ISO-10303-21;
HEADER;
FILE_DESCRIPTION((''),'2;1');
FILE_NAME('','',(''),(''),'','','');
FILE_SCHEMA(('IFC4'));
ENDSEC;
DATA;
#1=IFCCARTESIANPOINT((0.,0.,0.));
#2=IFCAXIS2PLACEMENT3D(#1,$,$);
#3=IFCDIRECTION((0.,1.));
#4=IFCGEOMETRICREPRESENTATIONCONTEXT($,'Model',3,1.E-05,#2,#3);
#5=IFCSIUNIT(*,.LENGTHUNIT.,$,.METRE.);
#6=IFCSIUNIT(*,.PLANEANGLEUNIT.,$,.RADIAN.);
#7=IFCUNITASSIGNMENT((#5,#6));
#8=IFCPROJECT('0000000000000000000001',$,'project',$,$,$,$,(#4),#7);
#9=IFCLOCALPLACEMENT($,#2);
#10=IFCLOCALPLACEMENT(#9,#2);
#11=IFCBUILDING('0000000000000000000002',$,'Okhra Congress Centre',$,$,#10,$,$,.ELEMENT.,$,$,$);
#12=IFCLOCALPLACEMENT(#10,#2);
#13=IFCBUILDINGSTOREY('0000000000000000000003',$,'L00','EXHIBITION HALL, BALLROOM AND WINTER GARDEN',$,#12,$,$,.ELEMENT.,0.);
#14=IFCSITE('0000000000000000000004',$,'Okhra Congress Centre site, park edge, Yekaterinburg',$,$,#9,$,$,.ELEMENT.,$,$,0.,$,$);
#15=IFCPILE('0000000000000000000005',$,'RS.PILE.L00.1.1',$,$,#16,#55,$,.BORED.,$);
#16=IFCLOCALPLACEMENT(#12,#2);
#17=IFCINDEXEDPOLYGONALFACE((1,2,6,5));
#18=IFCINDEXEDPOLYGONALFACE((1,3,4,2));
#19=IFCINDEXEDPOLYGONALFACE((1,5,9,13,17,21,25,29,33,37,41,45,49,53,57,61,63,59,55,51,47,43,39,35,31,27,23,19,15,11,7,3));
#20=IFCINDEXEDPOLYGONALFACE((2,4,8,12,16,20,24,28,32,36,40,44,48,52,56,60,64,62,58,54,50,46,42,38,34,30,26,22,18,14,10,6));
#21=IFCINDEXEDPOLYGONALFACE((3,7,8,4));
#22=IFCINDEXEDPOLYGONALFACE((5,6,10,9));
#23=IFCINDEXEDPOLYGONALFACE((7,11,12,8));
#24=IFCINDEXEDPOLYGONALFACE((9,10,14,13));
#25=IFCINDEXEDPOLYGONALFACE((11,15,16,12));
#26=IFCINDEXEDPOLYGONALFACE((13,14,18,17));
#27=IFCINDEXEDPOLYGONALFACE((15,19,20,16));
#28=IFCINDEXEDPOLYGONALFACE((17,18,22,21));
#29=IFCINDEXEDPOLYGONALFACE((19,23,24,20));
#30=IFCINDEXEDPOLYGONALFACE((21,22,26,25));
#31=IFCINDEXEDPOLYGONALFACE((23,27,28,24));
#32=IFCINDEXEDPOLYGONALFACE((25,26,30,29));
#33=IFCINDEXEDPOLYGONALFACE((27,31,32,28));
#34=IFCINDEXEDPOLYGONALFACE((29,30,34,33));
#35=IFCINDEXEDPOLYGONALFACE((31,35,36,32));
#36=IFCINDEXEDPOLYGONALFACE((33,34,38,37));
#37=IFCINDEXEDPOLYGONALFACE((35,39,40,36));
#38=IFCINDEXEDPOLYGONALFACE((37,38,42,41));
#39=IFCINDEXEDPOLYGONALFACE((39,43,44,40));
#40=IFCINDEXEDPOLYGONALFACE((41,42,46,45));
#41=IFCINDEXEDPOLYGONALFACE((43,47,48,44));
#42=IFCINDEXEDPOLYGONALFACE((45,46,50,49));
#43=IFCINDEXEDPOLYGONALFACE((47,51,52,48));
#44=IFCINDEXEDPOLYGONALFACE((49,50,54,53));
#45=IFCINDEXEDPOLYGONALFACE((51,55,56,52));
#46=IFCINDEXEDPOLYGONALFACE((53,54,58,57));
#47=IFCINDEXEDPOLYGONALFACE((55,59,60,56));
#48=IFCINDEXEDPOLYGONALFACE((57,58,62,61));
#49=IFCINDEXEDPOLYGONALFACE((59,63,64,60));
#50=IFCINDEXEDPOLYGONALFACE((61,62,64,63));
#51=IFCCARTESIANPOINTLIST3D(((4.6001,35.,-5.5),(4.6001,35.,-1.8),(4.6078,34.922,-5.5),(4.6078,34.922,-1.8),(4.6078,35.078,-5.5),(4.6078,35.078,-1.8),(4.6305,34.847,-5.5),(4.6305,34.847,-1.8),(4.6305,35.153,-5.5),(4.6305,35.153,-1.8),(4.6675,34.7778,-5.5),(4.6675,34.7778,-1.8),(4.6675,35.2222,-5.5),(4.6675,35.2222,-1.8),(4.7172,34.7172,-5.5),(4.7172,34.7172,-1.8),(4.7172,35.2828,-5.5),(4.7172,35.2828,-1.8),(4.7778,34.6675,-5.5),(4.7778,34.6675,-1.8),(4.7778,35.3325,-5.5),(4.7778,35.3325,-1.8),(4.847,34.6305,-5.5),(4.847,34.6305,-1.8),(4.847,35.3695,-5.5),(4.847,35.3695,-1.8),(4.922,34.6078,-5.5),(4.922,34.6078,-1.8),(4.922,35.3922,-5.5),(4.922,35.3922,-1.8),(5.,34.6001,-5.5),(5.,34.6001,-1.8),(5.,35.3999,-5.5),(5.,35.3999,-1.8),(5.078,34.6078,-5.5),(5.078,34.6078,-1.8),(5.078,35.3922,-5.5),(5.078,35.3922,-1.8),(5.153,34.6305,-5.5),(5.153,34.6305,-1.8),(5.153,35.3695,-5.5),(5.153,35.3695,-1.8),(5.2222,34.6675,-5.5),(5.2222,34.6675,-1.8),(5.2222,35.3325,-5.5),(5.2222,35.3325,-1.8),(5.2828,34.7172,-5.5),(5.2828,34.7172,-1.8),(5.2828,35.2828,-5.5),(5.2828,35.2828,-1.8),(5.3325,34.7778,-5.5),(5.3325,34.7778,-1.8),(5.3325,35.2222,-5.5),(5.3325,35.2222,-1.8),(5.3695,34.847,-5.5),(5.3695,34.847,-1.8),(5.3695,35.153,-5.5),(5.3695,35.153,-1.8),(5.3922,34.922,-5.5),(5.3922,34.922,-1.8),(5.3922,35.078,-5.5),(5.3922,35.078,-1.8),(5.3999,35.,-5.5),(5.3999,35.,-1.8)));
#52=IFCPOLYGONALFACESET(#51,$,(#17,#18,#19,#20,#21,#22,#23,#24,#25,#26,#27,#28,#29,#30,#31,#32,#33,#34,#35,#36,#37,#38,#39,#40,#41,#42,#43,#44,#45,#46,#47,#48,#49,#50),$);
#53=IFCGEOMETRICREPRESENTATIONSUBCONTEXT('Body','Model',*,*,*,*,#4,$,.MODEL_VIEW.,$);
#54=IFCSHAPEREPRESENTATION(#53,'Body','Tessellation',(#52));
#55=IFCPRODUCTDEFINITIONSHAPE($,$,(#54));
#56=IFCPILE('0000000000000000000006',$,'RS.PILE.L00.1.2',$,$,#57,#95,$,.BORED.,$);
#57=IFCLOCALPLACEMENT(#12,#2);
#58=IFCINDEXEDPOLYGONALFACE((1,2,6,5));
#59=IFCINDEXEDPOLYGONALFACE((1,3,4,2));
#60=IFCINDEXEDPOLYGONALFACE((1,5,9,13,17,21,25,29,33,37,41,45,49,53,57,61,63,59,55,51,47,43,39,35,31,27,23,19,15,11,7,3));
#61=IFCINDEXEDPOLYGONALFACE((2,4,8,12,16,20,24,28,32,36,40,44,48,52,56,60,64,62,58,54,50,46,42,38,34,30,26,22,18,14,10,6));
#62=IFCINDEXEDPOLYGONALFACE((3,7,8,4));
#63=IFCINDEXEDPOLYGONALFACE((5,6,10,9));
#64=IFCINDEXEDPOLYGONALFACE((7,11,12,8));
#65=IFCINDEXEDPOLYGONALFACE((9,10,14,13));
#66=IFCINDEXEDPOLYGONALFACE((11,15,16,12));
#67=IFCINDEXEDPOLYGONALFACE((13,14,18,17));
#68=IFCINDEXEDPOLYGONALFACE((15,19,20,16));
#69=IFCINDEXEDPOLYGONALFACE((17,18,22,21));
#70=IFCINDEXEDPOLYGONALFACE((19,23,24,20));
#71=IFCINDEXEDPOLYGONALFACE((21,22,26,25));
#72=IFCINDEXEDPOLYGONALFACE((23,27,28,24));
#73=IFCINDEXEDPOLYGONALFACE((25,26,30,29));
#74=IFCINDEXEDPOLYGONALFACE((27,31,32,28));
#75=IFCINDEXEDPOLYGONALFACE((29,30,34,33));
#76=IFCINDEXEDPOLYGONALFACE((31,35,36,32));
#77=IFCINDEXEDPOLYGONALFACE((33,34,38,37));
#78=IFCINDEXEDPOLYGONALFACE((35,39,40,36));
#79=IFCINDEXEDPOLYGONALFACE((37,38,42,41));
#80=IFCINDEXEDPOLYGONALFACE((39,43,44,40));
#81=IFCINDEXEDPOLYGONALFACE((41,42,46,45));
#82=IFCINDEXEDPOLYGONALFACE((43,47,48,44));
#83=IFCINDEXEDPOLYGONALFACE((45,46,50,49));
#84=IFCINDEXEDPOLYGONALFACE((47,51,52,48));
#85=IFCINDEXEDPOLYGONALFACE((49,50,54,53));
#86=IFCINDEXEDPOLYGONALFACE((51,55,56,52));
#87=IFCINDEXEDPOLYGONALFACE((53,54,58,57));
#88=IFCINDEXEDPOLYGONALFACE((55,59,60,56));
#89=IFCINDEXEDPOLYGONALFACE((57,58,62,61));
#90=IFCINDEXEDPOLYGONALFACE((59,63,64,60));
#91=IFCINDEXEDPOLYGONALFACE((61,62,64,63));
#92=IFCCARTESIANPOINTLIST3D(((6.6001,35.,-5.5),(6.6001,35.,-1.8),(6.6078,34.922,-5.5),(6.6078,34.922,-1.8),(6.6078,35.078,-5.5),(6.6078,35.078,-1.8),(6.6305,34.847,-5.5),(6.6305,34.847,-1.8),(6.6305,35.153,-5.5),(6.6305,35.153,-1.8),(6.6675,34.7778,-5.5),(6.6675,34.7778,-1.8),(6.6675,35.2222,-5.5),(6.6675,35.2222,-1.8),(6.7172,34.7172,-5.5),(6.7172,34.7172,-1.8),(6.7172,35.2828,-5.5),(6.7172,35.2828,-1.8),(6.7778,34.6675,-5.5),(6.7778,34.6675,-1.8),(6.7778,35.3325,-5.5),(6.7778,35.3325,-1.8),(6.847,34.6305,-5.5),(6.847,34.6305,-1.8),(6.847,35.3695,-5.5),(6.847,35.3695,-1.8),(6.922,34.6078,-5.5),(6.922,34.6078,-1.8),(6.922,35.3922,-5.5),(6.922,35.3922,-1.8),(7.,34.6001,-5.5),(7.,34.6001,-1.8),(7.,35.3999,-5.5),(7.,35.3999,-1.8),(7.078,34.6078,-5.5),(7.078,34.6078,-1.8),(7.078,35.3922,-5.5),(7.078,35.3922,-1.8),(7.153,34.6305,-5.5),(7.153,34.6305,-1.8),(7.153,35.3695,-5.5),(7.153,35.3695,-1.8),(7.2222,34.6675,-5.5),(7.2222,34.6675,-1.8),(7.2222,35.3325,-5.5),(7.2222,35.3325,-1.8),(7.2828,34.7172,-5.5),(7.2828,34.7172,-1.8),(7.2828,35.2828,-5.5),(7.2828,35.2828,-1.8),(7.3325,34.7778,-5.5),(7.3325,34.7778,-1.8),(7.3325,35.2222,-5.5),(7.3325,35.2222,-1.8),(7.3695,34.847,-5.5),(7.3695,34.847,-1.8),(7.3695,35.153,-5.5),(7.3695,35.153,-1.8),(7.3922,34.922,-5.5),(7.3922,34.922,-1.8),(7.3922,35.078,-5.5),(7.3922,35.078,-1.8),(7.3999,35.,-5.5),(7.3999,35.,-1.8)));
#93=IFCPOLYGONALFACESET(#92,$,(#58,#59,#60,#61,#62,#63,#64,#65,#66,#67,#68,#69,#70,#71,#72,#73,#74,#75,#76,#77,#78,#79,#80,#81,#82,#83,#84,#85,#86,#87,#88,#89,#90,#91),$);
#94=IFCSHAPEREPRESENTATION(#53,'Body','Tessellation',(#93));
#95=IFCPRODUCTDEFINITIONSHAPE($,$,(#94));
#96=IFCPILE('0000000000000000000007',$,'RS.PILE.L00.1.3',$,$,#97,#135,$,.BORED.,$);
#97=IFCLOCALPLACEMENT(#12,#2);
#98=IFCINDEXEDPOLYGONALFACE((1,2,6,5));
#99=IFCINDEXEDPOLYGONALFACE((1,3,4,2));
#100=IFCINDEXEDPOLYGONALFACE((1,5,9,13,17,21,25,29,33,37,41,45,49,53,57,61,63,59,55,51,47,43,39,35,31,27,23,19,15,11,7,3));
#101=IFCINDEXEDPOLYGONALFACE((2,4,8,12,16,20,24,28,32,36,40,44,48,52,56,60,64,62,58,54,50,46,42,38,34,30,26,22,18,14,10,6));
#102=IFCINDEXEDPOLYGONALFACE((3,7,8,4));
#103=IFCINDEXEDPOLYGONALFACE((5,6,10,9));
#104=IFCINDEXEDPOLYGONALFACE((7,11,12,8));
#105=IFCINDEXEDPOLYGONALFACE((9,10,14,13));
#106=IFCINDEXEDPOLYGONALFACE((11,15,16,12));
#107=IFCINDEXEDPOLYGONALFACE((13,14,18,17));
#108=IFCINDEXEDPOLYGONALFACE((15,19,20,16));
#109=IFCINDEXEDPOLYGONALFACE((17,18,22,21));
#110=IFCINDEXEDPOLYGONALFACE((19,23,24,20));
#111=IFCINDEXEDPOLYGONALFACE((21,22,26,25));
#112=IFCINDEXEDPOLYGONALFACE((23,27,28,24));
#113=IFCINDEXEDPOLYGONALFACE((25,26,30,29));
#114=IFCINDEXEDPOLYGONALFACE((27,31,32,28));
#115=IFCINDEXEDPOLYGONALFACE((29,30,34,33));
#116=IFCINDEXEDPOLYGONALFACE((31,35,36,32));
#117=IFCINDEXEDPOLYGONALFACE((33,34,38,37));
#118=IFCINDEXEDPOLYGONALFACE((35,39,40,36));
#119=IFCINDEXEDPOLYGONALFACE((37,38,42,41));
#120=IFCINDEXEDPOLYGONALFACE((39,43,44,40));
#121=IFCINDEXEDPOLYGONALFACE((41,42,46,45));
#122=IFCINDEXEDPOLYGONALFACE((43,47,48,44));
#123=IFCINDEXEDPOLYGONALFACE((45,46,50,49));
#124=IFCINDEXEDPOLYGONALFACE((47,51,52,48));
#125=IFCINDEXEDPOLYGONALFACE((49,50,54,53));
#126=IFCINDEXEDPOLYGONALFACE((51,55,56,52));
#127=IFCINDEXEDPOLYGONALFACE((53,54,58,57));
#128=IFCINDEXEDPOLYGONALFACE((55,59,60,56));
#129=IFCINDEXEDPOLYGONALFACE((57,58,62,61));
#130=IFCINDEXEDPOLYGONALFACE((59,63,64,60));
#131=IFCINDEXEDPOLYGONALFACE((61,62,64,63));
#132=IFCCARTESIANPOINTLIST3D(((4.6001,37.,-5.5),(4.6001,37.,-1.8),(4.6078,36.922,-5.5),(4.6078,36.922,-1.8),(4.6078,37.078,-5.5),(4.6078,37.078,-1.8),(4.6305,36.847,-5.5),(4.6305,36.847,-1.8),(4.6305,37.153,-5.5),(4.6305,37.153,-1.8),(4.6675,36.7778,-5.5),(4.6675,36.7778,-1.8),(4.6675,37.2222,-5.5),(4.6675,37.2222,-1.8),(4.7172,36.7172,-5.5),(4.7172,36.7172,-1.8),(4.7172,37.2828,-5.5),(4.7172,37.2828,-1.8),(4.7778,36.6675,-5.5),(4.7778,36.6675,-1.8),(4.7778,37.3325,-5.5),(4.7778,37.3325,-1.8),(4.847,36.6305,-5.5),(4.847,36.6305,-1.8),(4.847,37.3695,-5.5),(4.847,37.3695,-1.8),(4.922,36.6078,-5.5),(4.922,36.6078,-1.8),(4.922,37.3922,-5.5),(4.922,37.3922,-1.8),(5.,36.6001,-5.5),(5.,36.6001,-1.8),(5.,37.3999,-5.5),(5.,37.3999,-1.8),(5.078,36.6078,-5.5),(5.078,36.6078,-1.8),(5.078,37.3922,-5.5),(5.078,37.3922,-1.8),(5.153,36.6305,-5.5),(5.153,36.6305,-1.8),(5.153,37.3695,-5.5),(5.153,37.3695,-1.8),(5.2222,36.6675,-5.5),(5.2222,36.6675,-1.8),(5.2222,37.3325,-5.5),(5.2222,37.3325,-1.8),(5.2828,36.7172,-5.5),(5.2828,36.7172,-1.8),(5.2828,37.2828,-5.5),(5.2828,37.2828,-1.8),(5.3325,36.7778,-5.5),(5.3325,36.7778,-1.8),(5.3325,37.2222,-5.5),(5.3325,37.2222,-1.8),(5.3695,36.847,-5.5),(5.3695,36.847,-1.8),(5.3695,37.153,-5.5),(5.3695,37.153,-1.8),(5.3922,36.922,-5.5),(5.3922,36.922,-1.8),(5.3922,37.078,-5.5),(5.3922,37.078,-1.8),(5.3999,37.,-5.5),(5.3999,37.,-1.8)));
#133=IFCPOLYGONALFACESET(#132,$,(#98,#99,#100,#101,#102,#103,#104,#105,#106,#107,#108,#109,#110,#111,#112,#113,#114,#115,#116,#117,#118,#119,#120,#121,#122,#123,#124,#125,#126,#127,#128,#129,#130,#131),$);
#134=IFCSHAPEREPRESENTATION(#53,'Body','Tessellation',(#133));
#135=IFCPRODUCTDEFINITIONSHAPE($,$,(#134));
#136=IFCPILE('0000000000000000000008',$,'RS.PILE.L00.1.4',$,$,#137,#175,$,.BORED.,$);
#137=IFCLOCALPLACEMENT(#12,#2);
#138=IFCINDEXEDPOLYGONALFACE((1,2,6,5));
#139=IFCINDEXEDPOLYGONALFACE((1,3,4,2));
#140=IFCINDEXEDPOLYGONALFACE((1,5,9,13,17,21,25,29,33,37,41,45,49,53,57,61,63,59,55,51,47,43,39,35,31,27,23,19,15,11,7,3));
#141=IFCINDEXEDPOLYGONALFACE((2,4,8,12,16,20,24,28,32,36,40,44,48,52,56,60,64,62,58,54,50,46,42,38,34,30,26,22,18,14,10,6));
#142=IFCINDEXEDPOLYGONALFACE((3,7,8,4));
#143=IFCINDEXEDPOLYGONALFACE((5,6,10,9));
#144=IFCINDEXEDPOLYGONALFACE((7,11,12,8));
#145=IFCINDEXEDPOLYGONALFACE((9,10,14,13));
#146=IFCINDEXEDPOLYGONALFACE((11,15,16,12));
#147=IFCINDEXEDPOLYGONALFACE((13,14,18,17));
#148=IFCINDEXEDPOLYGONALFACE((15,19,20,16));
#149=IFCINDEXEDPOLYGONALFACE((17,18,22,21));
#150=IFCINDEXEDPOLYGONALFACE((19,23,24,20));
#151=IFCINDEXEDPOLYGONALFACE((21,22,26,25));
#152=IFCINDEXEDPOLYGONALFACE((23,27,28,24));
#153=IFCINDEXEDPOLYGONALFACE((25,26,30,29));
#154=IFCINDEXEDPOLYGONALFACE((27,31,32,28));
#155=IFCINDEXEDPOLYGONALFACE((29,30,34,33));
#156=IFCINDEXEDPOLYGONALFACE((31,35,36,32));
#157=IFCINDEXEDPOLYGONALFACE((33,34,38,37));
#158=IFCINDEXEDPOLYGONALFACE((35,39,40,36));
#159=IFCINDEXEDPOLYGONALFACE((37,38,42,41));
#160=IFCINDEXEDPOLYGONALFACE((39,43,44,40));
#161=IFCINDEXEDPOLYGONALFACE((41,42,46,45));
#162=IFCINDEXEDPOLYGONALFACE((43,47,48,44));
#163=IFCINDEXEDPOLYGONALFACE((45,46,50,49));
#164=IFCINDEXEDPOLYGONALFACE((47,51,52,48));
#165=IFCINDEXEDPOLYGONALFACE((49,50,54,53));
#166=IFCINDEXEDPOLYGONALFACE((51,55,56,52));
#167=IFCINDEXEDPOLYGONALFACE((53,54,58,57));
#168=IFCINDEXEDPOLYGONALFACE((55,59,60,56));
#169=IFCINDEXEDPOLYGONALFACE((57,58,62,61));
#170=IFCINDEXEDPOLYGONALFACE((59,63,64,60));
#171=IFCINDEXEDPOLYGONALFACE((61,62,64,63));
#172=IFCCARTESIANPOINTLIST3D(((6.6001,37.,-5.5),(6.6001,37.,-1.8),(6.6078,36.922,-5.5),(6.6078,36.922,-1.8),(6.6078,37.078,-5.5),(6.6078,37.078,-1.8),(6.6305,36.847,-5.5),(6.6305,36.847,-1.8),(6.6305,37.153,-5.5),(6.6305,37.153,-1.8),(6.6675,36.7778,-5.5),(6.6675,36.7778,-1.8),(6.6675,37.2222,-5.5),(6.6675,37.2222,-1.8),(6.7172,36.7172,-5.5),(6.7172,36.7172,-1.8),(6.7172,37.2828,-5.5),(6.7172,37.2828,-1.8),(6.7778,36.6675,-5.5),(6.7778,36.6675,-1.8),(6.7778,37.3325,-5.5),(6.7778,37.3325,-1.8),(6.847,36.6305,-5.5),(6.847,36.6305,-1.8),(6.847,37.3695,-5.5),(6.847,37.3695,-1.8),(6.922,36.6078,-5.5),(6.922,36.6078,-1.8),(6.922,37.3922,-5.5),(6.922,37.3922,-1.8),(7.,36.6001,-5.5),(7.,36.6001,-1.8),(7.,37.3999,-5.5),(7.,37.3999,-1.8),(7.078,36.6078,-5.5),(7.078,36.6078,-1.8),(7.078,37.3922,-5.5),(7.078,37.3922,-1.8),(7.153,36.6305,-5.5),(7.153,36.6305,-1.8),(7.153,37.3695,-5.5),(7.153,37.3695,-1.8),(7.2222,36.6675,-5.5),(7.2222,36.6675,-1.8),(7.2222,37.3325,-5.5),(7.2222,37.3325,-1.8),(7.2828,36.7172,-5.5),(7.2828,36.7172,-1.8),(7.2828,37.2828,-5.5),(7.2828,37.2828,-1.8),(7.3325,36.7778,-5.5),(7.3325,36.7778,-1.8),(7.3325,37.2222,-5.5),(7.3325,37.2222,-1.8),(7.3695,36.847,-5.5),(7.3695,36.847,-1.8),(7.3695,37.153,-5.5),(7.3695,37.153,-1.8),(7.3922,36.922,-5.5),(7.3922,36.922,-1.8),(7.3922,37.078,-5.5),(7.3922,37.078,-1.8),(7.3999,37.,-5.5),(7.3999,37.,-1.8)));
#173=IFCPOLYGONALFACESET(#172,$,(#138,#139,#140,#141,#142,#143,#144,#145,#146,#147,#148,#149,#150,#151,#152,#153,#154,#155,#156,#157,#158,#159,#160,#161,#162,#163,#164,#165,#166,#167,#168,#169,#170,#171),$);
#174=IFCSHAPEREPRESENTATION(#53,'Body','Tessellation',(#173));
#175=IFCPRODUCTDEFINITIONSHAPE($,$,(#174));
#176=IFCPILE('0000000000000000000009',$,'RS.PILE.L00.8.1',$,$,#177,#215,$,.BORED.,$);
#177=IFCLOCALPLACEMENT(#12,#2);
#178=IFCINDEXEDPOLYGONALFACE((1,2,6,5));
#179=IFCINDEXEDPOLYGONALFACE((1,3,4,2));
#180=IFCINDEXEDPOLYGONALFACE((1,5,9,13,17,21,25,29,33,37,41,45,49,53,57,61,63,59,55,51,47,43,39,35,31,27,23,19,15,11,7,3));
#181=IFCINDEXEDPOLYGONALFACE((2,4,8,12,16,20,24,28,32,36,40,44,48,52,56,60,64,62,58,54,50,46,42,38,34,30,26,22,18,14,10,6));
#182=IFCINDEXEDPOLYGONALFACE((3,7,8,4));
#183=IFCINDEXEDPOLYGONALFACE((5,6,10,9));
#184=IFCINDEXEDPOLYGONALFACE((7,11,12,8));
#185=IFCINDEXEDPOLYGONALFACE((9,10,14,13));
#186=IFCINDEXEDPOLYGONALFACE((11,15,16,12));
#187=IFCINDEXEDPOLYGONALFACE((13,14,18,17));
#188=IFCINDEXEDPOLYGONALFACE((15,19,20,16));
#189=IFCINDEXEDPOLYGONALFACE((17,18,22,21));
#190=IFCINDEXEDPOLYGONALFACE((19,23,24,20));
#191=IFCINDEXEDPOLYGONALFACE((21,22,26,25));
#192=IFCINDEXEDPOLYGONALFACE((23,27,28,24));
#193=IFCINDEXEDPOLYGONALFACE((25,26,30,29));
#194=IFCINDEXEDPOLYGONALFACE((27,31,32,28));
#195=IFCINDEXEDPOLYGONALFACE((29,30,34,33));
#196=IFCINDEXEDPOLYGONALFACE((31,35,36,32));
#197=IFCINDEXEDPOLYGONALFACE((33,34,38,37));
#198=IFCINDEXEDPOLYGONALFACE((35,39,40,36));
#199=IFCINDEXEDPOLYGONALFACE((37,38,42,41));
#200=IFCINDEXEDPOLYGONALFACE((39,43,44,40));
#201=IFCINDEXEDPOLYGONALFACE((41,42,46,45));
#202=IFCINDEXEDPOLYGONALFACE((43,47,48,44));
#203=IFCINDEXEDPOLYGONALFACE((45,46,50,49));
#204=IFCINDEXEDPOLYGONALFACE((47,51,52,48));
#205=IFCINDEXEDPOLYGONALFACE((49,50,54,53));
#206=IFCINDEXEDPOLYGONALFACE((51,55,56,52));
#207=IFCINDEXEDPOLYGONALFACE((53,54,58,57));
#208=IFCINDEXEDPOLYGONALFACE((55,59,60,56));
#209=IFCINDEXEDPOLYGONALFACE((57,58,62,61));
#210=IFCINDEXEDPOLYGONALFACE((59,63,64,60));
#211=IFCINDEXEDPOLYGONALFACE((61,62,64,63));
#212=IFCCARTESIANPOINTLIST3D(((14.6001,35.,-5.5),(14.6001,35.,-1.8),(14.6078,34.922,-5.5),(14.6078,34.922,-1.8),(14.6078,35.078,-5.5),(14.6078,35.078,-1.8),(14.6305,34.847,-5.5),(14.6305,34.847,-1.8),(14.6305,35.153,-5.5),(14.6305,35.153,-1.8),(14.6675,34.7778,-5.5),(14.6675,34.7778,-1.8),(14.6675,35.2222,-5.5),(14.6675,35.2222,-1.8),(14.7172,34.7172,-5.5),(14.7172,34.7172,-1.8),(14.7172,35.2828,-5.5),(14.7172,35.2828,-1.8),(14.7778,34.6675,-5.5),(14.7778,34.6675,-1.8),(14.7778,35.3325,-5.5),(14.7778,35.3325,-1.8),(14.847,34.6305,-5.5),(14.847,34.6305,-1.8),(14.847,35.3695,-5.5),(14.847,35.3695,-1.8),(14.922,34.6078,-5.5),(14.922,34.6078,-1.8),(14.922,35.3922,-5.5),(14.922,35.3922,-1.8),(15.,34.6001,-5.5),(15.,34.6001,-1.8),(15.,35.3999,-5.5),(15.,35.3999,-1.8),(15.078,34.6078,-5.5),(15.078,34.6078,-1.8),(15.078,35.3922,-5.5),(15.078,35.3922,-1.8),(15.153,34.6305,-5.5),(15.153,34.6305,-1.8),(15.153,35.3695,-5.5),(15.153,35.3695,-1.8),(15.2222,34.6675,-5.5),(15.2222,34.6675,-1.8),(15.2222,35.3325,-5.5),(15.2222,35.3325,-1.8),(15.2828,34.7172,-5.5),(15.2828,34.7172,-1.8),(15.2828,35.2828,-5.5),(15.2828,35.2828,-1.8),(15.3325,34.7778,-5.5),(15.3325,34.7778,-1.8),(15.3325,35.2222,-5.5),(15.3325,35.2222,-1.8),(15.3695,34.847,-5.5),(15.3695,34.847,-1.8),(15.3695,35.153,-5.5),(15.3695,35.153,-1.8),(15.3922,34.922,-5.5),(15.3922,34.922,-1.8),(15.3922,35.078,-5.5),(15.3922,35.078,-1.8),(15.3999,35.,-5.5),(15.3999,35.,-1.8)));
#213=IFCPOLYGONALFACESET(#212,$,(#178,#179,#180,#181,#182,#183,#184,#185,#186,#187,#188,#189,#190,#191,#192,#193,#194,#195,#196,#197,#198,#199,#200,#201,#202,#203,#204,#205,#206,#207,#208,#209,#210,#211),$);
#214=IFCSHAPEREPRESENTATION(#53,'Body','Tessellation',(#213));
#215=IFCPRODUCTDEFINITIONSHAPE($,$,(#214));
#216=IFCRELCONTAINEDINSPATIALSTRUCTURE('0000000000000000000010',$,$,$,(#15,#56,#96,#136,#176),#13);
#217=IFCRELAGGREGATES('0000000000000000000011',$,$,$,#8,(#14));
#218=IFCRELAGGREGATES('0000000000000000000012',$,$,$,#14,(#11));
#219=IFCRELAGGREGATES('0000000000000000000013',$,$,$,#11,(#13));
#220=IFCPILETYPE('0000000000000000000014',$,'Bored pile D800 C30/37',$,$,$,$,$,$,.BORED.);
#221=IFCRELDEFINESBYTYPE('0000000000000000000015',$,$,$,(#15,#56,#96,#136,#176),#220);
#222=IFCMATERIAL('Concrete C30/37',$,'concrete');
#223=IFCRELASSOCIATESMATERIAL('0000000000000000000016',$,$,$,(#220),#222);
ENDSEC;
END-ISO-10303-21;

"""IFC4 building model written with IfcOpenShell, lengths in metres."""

from ifc_helpers import new_model, si_unit, direction, frame, origin, origin_2d, place, context, subcontext, project, spatial, circle, extrude, material, material_profile, profile_set, type_object, element, save


model = new_model("IFC4")

# Units and contexts
model_context = context("Model", 3, precision=1e-05, world=origin(), true_north=direction((0.0, 1.0)))
body_context = subcontext(model_context, "Body", "Model", "MODEL_VIEW")
ifc_project = project(units=[si_unit("LENGTHUNIT", "METRE"), si_unit("PLANEANGLEUNIT", "RADIAN")], contexts=[model_context])

# Site, building, storey
site_placement = place(None, origin())
site = spatial("IfcSite", under=ifc_project, at=site_placement, Name="Okhra Congress Centre site, park edge, Yekaterinburg", CompositionType="ELEMENT", RefElevation=0.0)
building_placement = place(site_placement, origin())
building = spatial("IfcBuilding", under=site, at=building_placement, Name="Okhra Congress Centre", CompositionType="ELEMENT")
storey_placement = place(building_placement, origin())
storey = spatial("IfcBuildingStorey", under=building, at=storey_placement, Name="L00", Description="EXHIBITION HALL, BALLROOM AND WINTER GARDEN", CompositionType="ELEMENT", Elevation=0.0)

# Piles
ifc_material_1 = material(Name="Concrete C30/37", Category="concrete")
ifc_material_profile_1 = material_profile(ifc_material_1, circle(Radius=0.3999, at=origin_2d()), Name="D800")
ifc_profile_set_1 = profile_set([ifc_material_profile_1], Name="Concrete C30/37")
pile_type = type_object("IfcPileType", Name="Bored pile D800 C30/37", PredefinedType="BORED", material=ifc_profile_set_1)
for number, where, z_axis, x_axis, name in (
    (1, (5.0, 35.0, -1.8), (0.0, 0.0, -1.0), (1.0, 0.0, 0.0), "RS.PILE.L00.1.1"),
    (2, (7.0, 35.0, -1.8), (0.0, 0.0, -1.0), (1.0, 0.0, 0.0), "RS.PILE.L00.1.2"),
    (3, (5.0, 37.0, -1.8), (0.0, 0.0, -1.0), (1.0, 0.0, 0.0), "RS.PILE.L00.1.3"),
    (4, (7.0, 37.0, -1.8), (0.0, 0.0, -1.0), (1.0, 0.0, 0.0), "RS.PILE.L00.1.4"),
    (5, (15.0, 35.0, -1.8), (0.0, 0.0, -1.0), (1.0, 0.0, 0.0), "RS.PILE.L00.8.1"),
):
    element("IfcPile", number, at=place(storey_placement, frame(where, z_axis=z_axis, x_axis=x_axis)), inside=storey, type_object=pile_type, Name=name, PredefinedType="BORED", context=body_context, shape_type="SweptSolid", body=[
        extrude(circle(Radius=0.3999, at=origin_2d()), origin(), (0.0, 0.0, 1.0), 3.7),
    ])

save(model, "model.ifc")
